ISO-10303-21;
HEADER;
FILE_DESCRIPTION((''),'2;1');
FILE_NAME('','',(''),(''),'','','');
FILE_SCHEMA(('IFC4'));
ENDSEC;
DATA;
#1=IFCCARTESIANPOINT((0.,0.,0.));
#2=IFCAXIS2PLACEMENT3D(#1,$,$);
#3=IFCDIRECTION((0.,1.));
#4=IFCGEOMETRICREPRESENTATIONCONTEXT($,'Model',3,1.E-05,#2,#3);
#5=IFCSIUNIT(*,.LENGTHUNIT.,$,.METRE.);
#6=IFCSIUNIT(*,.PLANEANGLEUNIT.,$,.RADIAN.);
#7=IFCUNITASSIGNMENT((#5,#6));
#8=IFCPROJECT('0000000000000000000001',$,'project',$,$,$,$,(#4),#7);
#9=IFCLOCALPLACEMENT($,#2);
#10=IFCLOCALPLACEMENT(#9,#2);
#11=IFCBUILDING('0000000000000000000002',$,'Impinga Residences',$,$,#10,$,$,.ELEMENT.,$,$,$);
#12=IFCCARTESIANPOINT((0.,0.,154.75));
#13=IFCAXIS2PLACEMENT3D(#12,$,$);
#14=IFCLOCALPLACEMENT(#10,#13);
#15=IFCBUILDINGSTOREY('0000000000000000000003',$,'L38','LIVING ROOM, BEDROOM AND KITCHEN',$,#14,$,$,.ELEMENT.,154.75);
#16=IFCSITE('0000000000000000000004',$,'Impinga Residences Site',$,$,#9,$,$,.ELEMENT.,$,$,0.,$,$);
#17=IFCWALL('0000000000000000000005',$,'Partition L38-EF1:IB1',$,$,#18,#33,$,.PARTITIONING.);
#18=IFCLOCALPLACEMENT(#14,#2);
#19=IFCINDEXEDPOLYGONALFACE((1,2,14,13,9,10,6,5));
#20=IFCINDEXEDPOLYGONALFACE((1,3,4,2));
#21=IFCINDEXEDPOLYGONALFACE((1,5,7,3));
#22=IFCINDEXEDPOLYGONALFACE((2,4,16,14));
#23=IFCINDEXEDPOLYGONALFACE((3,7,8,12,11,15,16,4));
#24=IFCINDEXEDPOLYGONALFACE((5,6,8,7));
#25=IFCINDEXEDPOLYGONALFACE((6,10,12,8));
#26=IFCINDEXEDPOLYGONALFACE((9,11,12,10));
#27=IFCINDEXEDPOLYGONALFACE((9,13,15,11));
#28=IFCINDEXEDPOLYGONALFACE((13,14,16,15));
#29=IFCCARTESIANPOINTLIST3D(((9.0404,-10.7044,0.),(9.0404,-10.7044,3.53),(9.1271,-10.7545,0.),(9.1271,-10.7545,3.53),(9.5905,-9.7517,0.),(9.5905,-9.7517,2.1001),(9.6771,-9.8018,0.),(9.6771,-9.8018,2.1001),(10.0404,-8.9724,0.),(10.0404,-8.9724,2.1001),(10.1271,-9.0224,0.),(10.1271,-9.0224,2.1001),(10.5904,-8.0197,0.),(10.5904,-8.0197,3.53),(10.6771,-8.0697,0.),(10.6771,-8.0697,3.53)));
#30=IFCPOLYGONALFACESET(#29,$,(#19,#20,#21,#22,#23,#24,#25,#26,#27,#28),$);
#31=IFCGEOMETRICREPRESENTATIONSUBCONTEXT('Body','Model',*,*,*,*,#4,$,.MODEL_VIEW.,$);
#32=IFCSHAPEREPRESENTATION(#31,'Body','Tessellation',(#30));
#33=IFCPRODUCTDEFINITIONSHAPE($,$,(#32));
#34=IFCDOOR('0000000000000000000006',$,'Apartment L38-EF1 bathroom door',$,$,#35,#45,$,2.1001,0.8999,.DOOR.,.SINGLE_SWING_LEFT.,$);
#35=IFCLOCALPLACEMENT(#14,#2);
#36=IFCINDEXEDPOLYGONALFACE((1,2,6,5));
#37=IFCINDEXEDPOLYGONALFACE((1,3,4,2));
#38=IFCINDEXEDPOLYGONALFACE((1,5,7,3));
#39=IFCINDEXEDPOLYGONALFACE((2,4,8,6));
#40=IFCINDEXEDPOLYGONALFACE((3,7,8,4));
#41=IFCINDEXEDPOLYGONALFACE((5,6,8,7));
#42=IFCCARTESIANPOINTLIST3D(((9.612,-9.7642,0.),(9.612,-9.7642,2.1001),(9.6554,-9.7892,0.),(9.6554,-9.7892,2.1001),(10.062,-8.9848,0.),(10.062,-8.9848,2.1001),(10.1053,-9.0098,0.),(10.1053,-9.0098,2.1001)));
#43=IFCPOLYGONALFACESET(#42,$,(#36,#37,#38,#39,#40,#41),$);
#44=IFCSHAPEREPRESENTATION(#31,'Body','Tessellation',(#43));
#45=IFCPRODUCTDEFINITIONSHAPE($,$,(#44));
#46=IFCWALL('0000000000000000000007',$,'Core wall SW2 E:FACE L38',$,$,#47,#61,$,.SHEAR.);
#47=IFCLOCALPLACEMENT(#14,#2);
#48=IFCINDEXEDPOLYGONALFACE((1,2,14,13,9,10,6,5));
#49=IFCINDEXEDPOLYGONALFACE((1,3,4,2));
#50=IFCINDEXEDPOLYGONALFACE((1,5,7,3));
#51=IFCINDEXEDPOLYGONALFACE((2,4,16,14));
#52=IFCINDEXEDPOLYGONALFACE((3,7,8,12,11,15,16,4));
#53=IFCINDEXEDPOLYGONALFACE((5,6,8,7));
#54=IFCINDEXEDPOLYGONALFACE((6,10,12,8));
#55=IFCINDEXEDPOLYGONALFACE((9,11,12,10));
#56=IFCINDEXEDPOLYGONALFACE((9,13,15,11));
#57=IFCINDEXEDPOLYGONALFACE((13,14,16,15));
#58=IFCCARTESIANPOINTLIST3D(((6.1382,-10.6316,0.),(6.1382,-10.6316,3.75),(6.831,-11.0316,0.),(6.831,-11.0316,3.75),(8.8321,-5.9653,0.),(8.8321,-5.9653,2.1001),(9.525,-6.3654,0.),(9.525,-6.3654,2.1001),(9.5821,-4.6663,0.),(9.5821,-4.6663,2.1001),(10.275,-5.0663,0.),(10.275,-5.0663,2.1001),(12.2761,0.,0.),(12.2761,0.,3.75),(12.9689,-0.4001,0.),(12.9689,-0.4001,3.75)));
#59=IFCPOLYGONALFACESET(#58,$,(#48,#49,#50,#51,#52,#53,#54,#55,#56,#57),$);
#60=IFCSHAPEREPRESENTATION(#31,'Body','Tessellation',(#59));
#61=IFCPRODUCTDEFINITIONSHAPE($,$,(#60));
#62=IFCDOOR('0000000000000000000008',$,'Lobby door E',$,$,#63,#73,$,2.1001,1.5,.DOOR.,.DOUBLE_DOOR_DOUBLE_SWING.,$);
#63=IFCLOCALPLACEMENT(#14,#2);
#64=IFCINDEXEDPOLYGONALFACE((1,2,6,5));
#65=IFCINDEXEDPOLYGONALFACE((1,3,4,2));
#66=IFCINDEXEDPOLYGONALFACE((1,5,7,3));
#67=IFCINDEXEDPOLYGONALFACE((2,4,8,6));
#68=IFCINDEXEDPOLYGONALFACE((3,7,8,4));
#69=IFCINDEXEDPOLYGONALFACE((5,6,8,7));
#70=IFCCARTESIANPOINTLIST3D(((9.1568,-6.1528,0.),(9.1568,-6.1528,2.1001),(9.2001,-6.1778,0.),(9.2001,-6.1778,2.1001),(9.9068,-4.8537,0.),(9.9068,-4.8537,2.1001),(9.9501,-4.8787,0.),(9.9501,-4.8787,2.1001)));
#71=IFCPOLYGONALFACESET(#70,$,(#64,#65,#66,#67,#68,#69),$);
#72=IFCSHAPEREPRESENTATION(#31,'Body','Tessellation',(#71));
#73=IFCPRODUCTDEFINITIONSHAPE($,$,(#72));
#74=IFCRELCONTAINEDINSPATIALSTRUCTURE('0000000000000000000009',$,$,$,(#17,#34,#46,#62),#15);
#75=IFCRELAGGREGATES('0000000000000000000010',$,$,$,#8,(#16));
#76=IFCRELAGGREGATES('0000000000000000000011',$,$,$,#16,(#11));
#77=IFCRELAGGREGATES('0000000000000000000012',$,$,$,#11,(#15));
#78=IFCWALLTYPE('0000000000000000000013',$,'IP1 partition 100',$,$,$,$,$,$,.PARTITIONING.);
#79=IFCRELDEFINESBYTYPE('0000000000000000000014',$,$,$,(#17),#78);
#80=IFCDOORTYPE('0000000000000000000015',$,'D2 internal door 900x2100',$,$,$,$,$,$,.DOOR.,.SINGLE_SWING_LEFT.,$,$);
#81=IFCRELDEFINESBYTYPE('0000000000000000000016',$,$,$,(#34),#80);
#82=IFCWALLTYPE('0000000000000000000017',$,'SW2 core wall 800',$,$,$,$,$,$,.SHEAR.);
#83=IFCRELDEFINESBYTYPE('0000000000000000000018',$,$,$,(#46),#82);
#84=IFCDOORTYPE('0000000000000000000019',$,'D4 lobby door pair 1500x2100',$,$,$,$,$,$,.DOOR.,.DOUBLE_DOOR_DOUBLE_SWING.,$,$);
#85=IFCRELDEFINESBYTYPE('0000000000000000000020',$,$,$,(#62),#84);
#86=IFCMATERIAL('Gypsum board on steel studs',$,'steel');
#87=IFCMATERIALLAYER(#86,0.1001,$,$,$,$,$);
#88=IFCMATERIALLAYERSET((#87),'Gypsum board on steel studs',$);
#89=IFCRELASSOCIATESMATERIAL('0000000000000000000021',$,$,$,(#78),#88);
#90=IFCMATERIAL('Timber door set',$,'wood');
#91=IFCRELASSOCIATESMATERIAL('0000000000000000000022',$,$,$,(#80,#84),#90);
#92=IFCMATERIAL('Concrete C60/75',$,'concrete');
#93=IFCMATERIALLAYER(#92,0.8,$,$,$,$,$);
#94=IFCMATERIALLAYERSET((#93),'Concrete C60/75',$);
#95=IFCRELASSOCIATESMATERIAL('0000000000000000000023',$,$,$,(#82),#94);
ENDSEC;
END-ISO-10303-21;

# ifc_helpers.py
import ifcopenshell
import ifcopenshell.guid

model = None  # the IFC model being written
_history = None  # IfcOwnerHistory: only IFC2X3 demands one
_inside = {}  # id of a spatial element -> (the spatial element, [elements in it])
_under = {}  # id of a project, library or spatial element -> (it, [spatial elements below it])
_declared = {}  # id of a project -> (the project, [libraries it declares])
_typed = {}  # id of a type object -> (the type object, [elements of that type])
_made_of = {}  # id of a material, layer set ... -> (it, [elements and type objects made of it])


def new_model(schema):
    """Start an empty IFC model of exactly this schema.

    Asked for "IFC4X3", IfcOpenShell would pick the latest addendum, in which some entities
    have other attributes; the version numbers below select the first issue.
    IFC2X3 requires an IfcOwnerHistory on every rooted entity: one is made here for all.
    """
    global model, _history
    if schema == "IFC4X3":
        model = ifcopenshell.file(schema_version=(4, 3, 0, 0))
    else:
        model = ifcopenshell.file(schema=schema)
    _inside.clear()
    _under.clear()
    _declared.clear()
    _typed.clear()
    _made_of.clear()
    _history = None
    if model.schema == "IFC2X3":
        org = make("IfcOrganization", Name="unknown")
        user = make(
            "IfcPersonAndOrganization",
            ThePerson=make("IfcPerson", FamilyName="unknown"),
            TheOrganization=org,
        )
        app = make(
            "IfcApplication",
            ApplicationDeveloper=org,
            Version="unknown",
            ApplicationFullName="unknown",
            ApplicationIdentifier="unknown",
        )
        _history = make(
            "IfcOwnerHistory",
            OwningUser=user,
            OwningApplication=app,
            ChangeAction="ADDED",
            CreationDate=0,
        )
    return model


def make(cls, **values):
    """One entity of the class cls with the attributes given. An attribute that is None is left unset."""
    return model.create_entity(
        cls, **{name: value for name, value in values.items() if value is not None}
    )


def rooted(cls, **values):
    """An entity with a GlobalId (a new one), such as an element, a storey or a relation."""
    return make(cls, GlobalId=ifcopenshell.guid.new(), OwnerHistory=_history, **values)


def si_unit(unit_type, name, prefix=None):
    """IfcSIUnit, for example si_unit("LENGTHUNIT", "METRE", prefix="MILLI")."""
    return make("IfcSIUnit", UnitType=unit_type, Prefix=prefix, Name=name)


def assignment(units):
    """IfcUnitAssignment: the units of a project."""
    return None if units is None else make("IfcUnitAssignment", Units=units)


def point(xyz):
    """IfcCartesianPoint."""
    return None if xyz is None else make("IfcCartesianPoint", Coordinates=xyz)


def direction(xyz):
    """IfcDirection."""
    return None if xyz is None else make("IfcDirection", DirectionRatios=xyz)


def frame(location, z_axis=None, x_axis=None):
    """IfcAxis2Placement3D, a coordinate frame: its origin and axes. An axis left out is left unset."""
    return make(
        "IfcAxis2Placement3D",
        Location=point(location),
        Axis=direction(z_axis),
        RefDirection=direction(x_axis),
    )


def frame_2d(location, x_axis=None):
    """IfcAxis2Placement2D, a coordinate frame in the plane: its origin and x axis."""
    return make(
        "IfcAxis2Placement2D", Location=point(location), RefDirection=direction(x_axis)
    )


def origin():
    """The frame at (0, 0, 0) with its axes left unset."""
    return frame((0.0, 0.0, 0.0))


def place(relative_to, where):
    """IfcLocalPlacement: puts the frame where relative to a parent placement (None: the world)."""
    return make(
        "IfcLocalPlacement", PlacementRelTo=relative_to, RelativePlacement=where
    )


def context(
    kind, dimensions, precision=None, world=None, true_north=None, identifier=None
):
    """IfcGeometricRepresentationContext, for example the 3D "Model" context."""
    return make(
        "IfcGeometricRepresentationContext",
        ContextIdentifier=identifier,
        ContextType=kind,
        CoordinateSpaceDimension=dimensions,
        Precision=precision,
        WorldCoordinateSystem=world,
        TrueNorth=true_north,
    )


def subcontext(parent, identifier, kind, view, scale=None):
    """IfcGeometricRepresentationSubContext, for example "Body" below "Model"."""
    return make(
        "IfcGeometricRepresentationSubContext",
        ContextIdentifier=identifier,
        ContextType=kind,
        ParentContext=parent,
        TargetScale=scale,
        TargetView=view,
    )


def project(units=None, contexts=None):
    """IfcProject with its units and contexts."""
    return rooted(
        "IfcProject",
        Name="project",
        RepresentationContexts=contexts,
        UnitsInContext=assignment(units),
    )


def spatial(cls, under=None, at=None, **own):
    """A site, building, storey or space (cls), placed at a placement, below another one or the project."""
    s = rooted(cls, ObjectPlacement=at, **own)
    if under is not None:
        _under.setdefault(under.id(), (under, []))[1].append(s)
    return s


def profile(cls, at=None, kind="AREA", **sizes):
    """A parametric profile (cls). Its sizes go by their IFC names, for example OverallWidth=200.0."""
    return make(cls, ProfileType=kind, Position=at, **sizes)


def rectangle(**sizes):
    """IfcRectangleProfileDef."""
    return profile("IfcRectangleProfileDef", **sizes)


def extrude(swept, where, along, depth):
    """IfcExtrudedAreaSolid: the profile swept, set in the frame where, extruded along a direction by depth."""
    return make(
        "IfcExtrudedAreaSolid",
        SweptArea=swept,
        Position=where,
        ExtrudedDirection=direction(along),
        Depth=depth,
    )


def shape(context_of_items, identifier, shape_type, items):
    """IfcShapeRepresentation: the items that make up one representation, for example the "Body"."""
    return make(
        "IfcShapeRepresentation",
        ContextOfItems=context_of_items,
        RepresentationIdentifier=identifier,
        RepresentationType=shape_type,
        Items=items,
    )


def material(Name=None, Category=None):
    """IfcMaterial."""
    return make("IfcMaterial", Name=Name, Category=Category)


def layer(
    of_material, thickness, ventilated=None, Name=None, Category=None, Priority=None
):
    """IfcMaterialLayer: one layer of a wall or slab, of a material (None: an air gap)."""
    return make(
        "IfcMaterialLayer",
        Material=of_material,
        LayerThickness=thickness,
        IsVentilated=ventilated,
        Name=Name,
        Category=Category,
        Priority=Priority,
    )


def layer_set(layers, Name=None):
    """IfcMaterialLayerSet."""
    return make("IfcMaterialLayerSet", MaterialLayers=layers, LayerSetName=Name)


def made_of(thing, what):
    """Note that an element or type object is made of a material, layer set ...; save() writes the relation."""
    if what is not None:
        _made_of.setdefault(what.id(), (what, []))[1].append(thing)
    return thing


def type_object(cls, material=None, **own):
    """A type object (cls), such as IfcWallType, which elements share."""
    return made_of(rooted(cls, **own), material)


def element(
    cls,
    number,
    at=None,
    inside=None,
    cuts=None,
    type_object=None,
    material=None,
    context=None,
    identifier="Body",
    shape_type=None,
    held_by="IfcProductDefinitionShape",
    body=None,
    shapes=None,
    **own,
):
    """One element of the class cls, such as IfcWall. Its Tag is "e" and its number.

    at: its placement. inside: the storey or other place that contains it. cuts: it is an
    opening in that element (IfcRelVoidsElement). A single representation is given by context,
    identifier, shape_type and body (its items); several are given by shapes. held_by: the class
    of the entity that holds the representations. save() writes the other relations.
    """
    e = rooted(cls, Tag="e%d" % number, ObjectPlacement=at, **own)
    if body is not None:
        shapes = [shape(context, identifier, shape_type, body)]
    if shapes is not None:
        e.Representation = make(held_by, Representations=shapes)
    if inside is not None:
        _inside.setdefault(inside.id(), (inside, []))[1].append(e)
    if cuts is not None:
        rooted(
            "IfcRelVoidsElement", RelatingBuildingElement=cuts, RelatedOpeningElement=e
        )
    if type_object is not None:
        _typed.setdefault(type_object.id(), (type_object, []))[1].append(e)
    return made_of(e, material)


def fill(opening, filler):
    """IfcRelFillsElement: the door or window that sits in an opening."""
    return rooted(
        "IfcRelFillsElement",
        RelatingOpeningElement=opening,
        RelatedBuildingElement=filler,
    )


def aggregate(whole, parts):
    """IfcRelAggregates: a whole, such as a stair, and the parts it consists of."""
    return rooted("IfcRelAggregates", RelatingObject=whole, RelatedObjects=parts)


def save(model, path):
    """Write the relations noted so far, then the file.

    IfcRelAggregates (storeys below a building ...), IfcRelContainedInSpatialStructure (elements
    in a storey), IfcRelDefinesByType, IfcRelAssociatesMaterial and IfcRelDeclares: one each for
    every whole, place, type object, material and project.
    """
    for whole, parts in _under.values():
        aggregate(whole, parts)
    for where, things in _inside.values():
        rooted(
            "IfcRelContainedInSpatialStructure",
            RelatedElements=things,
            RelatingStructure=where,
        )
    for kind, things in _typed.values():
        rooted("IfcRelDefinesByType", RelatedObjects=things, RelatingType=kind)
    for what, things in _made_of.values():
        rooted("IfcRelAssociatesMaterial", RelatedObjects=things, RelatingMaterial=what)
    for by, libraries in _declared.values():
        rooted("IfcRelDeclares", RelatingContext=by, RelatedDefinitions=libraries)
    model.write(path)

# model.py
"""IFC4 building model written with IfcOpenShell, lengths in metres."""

from ifc_helpers import new_model, si_unit, direction, frame, frame_2d, origin, place, context, subcontext, project, spatial, rectangle, extrude, material, layer, layer_set, type_object, element, fill, save


model = new_model("IFC4")

# Units and contexts
model_context = context("Model", 3, precision=1e-05, world=origin(), true_north=direction((0.0, 1.0)))
body_context = subcontext(model_context, "Body", "Model", "MODEL_VIEW")
ifc_project = project(units=[si_unit("LENGTHUNIT", "METRE"), si_unit("PLANEANGLEUNIT", "RADIAN")], contexts=[model_context])

# Site, building, storey
site_placement = place(None, origin())
site = spatial("IfcSite", under=ifc_project, at=site_placement, Name="Impinga Residences Site", CompositionType="ELEMENT", RefElevation=0.0)
building_placement = place(site_placement, origin())
building = spatial("IfcBuilding", under=site, at=building_placement, Name="Impinga Residences", CompositionType="ELEMENT")
storey_placement = place(building_placement, frame((0.0, 0.0, 154.75)))
storey = spatial("IfcBuildingStorey", under=building, at=storey_placement, Name="L38", Description="LIVING ROOM, BEDROOM AND KITCHEN", CompositionType="ELEMENT", Elevation=154.75)

# Shared definitions
ifc_material_1 = material(Name="Concrete C60/75", Category="concrete")

# Shared definitions
ifc_material_2 = material(Name="Gypsum board on steel studs", Category="steel")
ifc_layer_1 = layer(ifc_material_2, 0.1001)
ifc_layer_set_1 = layer_set([ifc_layer_1], Name="Gypsum board on steel studs")
wall_type_1 = type_object("IfcWallType", Name="IP1 partition 100", PredefinedType="PARTITIONING", material=ifc_layer_set_1)

# Shared definitions
ifc_material_3 = material(Name="Timber door set", Category="wood")
door_type_1 = type_object("IfcDoorType", Name="D2 internal door 900x2100", OperationType="SINGLE_SWING_LEFT", PredefinedType="DOOR", material=ifc_material_3)

# Walls, openings, doors
wall_1_placement = place(storey_placement, frame((10.6338, -8.0447, 0.0), z_axis=(0.0, 0.0, 1.0), x_axis=(-0.499993, -0.86603, 0.0)))
wall_1 = element("IfcWall", 1, at=wall_1_placement, inside=storey, type_object=wall_type_1, Name="Partition L38-EF1:IB1", PredefinedType="PARTITIONING", context=body_context, shape_type="SweptSolid", body=[
    extrude(rectangle(XDim=3.1001, YDim=0.1001, at=frame_2d((1.55, 0.0))), origin(), (0.0, 0.0, 1.0), 3.53),
])
opening_1_placement = place(wall_1_placement, frame((1.1001, 0.0, 0.0)))
opening_1 = element("IfcOpeningElement", 2, at=opening_1_placement, cuts=wall_1, PredefinedType="OPENING", context=body_context, shape_type="SweptSolid", body=[
    extrude(rectangle(XDim=0.8999, YDim=2.1001, at=frame_2d((0.45, 1.05))), frame((0.0, 0.0601, 0.0), z_axis=(0.0, -1.0, 0.0), x_axis=(1.0, 0.0, 0.0)), (0.0, 0.0, 1.0), 0.1201),
])
door_1_placement = place(opening_1_placement, origin())
door_1 = element("IfcDoor", 3, at=door_1_placement, inside=storey, type_object=door_type_1, Name="Apartment L38-EF1 bathroom door", OperationType="SINGLE_SWING_LEFT", OverallHeight=2.1001, OverallWidth=0.8999, PredefinedType="DOOR", context=body_context, shape_type="SweptSolid", body=[
    extrude(rectangle(XDim=0.8999, YDim=2.1001, at=frame_2d((0.45, 1.05))), frame((0.0, 0.0249, 0.0), z_axis=(0.0, -1.0, 0.0), x_axis=(1.0, 0.0, 0.0)), (0.0, 0.0, 1.0), 0.05),
])
fill(opening_1, door_1)
ifc_layer_2 = layer(ifc_material_1, 0.8)
ifc_layer_set_2 = layer_set([ifc_layer_2], Name="Concrete C60/75")
wall_type_2 = type_object("IfcWallType", Name="SW2 core wall 800", PredefinedType="SHEAR", material=ifc_layer_set_2)
wall_2_placement = place(storey_placement, frame((12.6226, -0.2, 0.0), z_axis=(0.0, 0.0, 1.0), x_axis=(-0.499987, -0.866033, 0.0)))
wall_2 = element("IfcWall", 4, at=wall_2_placement, inside=storey, type_object=wall_type_2, Name="Core wall SW2 E:FACE L38", PredefinedType="SHEAR", context=body_context, shape_type="SweptSolid", body=[
    extrude(rectangle(XDim=12.2761, YDim=0.8, at=frame_2d((6.1382, 0.0))), origin(), (0.0, 0.0, 1.0), 3.75),
])
opening_2_placement = place(wall_2_placement, frame((5.3882, 0.0, 0.0)))
opening_2 = element("IfcOpeningElement", 5, at=opening_2_placement, cuts=wall_2, PredefinedType="OPENING", context=body_context, shape_type="SweptSolid", body=[
    extrude(rectangle(XDim=1.5, YDim=2.1001, at=frame_2d((0.75, 1.05))), frame((0.0, 0.4099, 0.0), z_axis=(0.0, -1.0, 0.0), x_axis=(1.0, 0.0, 0.0)), (0.0, 0.0, 1.0), 0.8201),
])
door_type_2 = type_object("IfcDoorType", Name="D4 lobby door pair 1500x2100", OperationType="DOUBLE_DOOR_DOUBLE_SWING", PredefinedType="DOOR", material=ifc_material_3)
door_2_placement = place(opening_2_placement, origin())
door_2 = element("IfcDoor", 6, at=door_2_placement, inside=storey, type_object=door_type_2, Name="Lobby door E", OperationType="DOUBLE_DOOR_DOUBLE_SWING", OverallHeight=2.1001, OverallWidth=1.5, PredefinedType="DOOR", context=body_context, shape_type="SweptSolid", body=[
    extrude(rectangle(XDim=1.5, YDim=2.1001, at=frame_2d((0.75, 1.05))), frame((0.0, 0.0249, 0.0), z_axis=(0.0, -1.0, 0.0), x_axis=(1.0, 0.0, 0.0)), (0.0, 0.0, 1.0), 0.05),
])
fill(opening_2, door_2)

save(model, "model.ifc")
